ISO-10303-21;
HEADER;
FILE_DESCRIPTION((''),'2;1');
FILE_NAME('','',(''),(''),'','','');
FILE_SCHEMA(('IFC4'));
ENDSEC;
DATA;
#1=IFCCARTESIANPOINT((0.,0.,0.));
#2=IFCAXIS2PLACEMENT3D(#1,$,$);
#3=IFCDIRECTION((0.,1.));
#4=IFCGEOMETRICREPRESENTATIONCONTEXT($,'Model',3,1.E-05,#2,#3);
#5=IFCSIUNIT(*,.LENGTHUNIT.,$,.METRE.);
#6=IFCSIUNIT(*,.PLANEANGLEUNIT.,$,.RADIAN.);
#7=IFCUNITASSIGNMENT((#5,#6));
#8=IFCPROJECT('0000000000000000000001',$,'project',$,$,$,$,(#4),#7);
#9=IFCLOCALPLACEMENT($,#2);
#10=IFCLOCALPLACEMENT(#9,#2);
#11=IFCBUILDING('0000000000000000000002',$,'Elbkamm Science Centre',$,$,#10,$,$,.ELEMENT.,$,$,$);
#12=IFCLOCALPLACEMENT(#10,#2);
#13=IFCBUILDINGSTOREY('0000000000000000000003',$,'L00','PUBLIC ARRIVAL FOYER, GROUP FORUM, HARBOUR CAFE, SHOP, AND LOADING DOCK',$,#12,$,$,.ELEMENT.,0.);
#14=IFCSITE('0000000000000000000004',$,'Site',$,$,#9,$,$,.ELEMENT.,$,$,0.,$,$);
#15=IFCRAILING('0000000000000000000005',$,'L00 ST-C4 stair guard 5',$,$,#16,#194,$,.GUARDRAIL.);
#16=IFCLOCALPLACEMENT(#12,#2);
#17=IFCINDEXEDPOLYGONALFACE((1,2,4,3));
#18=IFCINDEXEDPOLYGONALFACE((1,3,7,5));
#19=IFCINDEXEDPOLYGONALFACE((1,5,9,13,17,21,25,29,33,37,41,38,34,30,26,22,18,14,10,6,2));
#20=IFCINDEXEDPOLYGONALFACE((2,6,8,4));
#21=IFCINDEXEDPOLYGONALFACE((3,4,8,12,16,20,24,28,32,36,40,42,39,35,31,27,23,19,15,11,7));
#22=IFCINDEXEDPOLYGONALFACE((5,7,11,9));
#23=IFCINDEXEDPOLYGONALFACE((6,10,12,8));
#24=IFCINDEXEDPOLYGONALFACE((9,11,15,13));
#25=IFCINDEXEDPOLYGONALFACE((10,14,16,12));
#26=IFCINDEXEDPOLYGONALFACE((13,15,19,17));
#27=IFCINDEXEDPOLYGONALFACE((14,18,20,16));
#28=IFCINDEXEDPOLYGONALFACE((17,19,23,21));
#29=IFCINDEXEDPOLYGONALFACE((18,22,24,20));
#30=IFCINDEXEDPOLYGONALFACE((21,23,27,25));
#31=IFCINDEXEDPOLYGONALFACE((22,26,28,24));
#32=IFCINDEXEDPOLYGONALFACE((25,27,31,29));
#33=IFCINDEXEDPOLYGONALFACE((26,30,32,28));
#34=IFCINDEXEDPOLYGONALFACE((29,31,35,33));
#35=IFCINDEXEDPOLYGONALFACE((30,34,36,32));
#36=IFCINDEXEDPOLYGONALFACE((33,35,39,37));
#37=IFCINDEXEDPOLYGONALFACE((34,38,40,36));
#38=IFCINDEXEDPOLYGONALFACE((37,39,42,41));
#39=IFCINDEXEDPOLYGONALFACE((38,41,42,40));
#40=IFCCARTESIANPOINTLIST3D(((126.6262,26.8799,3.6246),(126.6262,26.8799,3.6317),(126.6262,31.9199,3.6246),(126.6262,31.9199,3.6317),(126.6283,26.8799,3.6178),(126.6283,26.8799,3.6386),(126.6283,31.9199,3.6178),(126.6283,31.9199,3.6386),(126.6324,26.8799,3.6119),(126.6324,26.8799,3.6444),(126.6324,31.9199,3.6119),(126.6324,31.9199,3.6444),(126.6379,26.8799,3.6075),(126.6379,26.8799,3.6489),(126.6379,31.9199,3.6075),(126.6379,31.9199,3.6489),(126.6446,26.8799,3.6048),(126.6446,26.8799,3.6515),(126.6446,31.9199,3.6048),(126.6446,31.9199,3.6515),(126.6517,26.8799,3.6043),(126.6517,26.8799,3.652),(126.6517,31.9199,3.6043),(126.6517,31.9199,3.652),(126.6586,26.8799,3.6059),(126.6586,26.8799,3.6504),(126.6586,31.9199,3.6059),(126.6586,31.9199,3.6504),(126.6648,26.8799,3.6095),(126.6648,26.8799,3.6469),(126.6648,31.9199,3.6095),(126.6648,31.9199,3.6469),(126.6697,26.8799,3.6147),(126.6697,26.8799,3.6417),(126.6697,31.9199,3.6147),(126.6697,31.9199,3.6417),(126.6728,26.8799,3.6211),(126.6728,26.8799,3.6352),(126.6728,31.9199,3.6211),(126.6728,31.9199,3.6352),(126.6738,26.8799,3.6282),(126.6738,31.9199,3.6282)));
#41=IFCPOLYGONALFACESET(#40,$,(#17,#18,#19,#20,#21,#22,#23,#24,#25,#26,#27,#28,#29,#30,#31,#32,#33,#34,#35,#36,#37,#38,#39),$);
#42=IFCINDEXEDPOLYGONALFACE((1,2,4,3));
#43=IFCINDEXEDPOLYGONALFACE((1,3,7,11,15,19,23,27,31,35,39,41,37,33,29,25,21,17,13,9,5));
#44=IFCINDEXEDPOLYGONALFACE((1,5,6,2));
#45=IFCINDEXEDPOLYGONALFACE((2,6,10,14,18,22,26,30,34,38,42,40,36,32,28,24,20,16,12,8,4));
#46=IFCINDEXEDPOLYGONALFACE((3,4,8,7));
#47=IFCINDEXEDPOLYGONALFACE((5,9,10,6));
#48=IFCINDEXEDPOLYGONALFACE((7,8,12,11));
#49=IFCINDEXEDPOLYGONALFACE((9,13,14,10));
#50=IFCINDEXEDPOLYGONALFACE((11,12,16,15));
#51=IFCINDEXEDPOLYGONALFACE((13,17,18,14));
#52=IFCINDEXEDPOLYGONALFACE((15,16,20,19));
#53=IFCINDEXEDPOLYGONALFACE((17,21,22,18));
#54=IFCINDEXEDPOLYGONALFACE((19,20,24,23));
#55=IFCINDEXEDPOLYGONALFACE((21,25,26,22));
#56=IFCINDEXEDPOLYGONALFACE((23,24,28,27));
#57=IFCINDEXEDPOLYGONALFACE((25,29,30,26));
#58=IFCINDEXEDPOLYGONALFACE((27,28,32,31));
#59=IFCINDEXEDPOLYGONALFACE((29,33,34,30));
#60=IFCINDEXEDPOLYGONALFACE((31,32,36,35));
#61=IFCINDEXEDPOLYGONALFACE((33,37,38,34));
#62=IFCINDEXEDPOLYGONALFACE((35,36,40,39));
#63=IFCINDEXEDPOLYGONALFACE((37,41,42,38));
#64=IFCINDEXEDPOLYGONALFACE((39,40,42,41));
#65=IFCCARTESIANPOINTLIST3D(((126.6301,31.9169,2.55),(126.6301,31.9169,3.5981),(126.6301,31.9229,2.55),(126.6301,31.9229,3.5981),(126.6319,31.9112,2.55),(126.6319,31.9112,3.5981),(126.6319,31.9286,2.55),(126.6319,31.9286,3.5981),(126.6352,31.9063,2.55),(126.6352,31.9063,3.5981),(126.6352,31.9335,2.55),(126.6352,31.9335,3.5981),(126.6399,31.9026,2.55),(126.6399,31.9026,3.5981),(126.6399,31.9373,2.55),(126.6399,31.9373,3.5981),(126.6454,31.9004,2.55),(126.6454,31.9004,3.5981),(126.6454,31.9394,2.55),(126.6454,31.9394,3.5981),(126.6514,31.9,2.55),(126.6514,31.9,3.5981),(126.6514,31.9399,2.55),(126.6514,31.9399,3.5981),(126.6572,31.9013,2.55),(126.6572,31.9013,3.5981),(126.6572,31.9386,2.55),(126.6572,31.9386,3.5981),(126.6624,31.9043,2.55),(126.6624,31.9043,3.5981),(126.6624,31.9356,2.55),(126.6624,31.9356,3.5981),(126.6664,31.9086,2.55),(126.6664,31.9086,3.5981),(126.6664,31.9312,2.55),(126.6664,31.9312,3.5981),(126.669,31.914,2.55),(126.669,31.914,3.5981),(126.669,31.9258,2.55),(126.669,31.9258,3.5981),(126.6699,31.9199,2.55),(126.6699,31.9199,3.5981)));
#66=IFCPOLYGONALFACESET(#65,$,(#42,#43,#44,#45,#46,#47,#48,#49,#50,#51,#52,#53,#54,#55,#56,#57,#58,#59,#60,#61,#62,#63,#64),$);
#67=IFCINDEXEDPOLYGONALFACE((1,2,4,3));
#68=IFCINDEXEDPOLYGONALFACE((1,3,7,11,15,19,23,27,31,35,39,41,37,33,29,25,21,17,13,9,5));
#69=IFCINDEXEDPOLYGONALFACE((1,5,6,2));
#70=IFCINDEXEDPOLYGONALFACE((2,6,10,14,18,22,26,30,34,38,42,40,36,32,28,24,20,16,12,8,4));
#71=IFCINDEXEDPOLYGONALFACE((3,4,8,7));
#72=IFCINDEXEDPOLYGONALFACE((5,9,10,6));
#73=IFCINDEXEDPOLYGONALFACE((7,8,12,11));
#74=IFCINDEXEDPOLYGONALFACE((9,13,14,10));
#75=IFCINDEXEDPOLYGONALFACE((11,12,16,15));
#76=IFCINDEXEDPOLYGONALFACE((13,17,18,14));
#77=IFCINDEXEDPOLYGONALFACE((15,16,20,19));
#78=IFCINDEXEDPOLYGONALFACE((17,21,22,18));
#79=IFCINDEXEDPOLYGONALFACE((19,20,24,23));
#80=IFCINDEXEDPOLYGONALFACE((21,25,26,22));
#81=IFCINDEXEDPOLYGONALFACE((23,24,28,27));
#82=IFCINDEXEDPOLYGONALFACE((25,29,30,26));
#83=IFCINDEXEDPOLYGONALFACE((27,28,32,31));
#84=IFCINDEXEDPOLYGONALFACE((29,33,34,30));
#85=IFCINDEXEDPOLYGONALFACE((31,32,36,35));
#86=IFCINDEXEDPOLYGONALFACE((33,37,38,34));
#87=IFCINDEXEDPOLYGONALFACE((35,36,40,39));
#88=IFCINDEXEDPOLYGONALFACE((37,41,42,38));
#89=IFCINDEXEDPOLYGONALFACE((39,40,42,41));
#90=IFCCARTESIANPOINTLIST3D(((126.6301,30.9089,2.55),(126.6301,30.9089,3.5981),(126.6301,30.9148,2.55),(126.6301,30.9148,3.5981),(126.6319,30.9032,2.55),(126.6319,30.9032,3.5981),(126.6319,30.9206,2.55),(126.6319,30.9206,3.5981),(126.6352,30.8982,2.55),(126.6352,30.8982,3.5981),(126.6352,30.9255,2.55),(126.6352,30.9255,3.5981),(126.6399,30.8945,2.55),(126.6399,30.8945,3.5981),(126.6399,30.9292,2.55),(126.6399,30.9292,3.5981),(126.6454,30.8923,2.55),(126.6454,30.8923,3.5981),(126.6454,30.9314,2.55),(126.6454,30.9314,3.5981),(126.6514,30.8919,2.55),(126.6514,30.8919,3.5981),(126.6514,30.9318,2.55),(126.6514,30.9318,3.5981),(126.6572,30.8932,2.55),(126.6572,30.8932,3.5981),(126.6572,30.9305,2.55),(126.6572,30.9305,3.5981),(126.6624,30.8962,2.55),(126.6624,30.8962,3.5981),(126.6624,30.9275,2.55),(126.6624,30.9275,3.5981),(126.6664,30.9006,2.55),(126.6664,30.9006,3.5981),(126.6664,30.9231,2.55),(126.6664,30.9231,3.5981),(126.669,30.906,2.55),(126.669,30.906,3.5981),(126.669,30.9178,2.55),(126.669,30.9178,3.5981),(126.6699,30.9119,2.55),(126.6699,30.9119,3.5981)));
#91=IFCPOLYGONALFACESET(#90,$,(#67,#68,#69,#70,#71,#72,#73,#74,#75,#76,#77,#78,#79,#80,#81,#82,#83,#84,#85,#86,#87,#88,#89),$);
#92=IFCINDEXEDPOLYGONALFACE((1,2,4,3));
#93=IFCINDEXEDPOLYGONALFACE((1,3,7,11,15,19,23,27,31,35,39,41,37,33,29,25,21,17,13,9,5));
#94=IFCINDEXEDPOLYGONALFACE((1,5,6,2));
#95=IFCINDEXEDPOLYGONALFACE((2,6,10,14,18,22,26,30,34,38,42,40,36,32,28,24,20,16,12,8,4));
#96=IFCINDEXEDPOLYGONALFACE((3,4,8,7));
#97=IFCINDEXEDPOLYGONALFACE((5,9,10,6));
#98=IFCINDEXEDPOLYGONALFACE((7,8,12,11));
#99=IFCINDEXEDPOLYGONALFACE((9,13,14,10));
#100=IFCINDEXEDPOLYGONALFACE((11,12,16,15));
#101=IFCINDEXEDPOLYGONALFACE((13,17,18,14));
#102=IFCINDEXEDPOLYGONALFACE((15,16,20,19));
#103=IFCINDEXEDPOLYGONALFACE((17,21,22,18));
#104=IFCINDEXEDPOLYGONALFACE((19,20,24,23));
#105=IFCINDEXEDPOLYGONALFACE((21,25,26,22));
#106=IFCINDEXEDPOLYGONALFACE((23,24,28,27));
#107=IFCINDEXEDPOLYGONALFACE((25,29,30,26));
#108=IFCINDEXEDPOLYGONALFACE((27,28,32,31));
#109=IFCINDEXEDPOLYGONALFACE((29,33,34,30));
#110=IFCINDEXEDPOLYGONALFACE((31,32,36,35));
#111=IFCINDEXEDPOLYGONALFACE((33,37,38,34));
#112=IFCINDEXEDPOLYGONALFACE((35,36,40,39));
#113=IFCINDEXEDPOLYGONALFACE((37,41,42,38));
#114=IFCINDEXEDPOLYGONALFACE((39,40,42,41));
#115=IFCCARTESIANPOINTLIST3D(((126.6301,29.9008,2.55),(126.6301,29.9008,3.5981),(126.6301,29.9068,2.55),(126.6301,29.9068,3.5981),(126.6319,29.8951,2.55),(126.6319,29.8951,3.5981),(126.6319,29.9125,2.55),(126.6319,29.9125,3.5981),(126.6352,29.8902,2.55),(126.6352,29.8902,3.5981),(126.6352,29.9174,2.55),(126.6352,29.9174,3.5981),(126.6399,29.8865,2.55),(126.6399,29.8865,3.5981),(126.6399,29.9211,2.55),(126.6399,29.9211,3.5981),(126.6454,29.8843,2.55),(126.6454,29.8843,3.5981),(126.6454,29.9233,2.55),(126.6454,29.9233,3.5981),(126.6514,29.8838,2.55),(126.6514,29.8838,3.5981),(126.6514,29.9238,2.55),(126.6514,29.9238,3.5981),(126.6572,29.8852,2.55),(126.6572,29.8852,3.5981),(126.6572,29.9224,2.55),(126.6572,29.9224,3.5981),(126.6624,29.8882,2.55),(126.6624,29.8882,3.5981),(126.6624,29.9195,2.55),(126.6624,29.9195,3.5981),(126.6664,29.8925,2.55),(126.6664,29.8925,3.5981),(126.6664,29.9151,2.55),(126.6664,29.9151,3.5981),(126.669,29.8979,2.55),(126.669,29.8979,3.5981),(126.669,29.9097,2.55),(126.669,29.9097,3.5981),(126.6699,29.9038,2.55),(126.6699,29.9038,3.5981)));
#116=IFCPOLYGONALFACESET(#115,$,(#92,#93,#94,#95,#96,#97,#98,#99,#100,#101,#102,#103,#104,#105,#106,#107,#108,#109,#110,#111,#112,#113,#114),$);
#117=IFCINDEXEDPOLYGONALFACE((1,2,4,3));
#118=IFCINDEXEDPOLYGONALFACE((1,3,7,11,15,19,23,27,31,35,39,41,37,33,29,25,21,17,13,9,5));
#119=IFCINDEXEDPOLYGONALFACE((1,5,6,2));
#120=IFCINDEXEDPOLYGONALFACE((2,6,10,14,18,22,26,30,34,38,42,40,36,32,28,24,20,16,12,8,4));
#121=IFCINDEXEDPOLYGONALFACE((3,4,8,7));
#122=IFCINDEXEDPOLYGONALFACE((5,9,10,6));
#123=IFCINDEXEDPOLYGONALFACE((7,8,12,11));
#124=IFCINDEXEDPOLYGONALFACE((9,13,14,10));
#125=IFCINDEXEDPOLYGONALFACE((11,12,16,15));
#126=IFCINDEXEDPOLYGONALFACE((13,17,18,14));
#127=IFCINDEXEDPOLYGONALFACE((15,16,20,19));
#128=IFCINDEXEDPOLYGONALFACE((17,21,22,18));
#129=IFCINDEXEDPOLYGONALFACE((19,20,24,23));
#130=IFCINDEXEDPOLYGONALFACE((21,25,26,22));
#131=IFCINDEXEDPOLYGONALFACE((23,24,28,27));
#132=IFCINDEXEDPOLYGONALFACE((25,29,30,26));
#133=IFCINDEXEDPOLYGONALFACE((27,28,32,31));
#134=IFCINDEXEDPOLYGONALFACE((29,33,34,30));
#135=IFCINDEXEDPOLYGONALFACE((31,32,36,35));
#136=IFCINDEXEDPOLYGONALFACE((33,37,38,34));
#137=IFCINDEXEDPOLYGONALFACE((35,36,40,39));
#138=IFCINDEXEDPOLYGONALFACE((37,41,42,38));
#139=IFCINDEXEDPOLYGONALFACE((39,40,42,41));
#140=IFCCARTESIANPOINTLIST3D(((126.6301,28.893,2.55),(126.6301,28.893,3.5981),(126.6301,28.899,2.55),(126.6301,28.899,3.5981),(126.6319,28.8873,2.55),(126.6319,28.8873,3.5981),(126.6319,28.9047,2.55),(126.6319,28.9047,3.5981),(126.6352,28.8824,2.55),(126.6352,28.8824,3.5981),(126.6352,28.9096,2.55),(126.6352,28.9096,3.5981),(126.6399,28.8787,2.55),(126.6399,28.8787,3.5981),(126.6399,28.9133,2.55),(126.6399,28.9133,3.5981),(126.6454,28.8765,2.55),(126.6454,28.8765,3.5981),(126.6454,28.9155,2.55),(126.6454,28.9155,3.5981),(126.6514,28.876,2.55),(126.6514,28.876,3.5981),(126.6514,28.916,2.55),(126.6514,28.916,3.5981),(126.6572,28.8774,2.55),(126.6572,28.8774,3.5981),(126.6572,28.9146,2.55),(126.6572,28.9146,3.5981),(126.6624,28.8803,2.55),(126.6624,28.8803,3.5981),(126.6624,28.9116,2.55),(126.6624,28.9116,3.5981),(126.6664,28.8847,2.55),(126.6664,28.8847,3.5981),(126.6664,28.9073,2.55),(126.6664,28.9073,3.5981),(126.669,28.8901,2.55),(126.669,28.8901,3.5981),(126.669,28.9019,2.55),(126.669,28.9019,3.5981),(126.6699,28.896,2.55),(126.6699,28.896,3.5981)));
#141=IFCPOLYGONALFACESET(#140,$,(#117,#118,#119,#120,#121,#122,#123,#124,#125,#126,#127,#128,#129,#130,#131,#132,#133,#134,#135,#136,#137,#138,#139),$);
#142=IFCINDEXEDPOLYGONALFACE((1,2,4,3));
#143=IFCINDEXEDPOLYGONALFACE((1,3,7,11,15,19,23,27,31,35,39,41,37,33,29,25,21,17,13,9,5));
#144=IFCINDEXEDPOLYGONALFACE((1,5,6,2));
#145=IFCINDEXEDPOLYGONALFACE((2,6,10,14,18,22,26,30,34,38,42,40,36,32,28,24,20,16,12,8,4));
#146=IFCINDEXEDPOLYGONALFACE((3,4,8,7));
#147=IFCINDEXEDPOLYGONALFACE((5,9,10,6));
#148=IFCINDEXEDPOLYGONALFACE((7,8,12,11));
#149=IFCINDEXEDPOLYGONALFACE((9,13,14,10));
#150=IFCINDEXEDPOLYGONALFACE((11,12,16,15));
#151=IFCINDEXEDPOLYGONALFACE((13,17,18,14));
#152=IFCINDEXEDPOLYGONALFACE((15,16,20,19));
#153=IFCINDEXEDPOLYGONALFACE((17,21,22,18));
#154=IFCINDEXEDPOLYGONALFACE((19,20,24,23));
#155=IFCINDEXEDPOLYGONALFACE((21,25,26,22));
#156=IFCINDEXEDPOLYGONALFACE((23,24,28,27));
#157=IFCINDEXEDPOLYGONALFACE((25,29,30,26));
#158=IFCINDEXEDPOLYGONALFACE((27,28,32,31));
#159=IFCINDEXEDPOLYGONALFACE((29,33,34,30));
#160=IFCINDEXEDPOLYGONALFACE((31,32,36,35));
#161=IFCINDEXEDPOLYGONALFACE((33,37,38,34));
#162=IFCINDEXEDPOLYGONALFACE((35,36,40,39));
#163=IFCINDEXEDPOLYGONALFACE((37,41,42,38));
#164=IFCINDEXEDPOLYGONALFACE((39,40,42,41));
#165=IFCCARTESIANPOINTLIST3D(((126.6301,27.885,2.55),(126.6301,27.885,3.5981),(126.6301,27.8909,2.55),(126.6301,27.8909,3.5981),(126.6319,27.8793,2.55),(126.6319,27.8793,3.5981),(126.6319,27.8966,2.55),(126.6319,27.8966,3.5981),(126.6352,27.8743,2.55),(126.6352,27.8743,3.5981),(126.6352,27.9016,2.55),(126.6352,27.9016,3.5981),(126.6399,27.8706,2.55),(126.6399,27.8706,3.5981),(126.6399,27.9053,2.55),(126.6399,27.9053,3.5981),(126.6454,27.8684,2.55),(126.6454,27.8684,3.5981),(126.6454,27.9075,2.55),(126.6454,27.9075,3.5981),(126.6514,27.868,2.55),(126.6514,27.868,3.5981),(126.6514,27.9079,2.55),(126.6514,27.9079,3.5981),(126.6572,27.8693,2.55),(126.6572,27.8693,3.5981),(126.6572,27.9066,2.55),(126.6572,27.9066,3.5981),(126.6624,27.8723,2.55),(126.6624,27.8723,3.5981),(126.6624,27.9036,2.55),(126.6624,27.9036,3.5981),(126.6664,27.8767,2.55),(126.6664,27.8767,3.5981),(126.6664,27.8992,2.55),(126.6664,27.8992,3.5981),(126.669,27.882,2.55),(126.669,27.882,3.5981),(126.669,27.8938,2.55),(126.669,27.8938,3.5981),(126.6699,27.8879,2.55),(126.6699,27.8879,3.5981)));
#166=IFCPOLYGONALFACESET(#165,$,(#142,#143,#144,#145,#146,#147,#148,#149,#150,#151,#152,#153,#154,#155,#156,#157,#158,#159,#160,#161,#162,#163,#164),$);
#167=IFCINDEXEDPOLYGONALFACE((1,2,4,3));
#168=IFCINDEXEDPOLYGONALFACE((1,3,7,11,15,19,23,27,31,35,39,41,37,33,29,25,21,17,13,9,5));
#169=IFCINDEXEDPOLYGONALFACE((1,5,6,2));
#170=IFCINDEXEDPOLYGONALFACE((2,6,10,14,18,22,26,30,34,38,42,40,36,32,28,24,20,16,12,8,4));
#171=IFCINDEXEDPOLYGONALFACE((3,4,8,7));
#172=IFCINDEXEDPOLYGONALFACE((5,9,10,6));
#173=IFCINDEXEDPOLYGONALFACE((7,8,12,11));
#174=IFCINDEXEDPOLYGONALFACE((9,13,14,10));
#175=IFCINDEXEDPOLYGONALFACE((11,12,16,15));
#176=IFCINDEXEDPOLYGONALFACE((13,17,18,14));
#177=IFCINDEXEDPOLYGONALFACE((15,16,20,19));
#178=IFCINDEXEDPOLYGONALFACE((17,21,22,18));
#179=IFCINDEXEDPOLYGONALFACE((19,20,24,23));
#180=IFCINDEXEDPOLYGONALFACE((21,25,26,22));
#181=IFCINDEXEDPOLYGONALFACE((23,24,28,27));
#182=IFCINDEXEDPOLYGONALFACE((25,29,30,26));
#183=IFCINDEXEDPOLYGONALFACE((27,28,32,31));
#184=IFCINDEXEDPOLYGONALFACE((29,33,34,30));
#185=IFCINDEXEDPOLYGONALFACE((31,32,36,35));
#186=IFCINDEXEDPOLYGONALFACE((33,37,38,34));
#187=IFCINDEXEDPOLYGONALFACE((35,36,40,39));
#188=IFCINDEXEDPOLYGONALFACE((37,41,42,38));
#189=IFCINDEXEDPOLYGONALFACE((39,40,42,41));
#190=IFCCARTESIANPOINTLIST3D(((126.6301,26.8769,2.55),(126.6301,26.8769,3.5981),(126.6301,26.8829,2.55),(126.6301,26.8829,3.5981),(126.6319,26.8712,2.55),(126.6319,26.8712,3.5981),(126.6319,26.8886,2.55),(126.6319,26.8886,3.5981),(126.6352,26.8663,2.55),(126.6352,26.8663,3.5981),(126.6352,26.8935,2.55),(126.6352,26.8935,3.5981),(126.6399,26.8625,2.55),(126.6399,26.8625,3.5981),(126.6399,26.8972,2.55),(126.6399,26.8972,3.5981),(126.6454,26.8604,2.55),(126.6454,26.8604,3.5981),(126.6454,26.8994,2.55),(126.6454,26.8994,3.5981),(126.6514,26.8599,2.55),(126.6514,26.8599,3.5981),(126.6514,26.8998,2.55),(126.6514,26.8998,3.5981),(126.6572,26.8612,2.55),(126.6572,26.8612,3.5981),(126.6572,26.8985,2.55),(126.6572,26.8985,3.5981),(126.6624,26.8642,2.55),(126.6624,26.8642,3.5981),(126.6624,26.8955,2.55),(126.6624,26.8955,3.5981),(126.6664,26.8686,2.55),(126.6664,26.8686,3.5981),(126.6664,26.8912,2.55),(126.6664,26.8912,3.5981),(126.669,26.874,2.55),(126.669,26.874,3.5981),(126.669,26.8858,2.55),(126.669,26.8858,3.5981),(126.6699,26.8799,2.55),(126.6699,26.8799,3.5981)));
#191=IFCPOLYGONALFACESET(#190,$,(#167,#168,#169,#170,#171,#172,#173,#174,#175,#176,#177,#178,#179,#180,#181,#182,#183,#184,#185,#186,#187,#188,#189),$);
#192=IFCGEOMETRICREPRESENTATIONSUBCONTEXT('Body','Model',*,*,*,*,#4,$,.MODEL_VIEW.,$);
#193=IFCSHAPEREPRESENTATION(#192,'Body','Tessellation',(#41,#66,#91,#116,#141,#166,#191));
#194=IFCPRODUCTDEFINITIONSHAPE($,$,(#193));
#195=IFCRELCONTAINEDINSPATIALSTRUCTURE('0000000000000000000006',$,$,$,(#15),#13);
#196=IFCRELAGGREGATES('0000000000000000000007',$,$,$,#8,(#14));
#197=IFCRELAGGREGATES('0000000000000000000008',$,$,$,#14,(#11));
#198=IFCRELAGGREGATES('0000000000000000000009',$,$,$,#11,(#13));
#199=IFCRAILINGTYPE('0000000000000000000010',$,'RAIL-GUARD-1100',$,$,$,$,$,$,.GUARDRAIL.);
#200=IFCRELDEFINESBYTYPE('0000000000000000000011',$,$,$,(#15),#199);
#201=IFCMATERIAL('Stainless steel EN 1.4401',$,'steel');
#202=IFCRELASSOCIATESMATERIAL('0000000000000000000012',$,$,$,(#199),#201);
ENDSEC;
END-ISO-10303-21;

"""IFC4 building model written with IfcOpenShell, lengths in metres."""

from ifc_helpers import new_model, si_unit, direction, frame, origin, origin_2d, place, context, subcontext, project, spatial, circle, extrude, material, type_object, element, save


model = new_model("IFC4")

# Units and contexts
model_context = context("Model", 3, precision=1e-05, world=origin(), true_north=direction((0.0, 1.0)))
body_context = subcontext(model_context, "Body", "Model", "MODEL_VIEW")
ifc_project = project(units=[si_unit("LENGTHUNIT", "METRE"), si_unit("PLANEANGLEUNIT", "RADIAN")], contexts=[model_context])

# Site, building, storey
site_placement = place(None, origin())
site = spatial("IfcSite", under=ifc_project, at=site_placement, Name="Site", CompositionType="ELEMENT", RefElevation=0.0)
building_placement = place(site_placement, origin())
building = spatial("IfcBuilding", under=site, at=building_placement, Name="Elbkamm Science Centre", CompositionType="ELEMENT")
storey_placement = place(building_placement, origin())
storey = spatial("IfcBuildingStorey", under=building, at=storey_placement, Name="L00", Description="PUBLIC ARRIVAL FOYER, GROUP FORUM, HARBOUR CAFE, SHOP, AND LOADING DOCK", CompositionType="ELEMENT", Elevation=0.0)

# Railing
ifc_material_1 = material(Name="Stainless steel EN 1.4401", Category="steel")
railing_type_1 = type_object("IfcRailingType", Name="RAIL-GUARD-1100", PredefinedType="GUARDRAIL", material=ifc_material_1)
railing_1_placement = place(storey_placement, frame((126.6499, 31.9199, 2.55)))
element("IfcRailing", 1, at=railing_1_placement, inside=storey, type_object=railing_type_1, Name="L00 ST-C4 stair guard 5", PredefinedType="GUARDRAIL", context=body_context, shape_type="SweptSolid", body=[
    extrude(circle(Radius=0.0239, at=origin_2d()), frame((0.0, 0.0, 1.0781), z_axis=(0.0, -1.0, 0.0), x_axis=(1.0, 0.0, 0.0)), (0.0, 0.0, 1.0), 5.04),
    extrude(circle(Radius=0.02, at=origin_2d()), origin(), (0.0, 0.0, 1.0), 1.0481),
    extrude(circle(Radius=0.02, at=origin_2d()), frame((0.0, -1.0081, 0.0)), (0.0, 0.0, 1.0), 1.0481),
    extrude(circle(Radius=0.02, at=origin_2d()), frame((0.0, -2.0161, 0.0)), (0.0, 0.0, 1.0), 1.0481),
    extrude(circle(Radius=0.02, at=origin_2d()), frame((0.0, -3.0239, 0.0)), (0.0, 0.0, 1.0), 1.0481),
    extrude(circle(Radius=0.02, at=origin_2d()), frame((0.0, -4.032, 0.0)), (0.0, 0.0, 1.0), 1.0481),
    extrude(circle(Radius=0.02, at=origin_2d()), frame((0.0, -5.04, 0.0)), (0.0, 0.0, 1.0), 1.0481),
])

save(model, "model.ifc")
